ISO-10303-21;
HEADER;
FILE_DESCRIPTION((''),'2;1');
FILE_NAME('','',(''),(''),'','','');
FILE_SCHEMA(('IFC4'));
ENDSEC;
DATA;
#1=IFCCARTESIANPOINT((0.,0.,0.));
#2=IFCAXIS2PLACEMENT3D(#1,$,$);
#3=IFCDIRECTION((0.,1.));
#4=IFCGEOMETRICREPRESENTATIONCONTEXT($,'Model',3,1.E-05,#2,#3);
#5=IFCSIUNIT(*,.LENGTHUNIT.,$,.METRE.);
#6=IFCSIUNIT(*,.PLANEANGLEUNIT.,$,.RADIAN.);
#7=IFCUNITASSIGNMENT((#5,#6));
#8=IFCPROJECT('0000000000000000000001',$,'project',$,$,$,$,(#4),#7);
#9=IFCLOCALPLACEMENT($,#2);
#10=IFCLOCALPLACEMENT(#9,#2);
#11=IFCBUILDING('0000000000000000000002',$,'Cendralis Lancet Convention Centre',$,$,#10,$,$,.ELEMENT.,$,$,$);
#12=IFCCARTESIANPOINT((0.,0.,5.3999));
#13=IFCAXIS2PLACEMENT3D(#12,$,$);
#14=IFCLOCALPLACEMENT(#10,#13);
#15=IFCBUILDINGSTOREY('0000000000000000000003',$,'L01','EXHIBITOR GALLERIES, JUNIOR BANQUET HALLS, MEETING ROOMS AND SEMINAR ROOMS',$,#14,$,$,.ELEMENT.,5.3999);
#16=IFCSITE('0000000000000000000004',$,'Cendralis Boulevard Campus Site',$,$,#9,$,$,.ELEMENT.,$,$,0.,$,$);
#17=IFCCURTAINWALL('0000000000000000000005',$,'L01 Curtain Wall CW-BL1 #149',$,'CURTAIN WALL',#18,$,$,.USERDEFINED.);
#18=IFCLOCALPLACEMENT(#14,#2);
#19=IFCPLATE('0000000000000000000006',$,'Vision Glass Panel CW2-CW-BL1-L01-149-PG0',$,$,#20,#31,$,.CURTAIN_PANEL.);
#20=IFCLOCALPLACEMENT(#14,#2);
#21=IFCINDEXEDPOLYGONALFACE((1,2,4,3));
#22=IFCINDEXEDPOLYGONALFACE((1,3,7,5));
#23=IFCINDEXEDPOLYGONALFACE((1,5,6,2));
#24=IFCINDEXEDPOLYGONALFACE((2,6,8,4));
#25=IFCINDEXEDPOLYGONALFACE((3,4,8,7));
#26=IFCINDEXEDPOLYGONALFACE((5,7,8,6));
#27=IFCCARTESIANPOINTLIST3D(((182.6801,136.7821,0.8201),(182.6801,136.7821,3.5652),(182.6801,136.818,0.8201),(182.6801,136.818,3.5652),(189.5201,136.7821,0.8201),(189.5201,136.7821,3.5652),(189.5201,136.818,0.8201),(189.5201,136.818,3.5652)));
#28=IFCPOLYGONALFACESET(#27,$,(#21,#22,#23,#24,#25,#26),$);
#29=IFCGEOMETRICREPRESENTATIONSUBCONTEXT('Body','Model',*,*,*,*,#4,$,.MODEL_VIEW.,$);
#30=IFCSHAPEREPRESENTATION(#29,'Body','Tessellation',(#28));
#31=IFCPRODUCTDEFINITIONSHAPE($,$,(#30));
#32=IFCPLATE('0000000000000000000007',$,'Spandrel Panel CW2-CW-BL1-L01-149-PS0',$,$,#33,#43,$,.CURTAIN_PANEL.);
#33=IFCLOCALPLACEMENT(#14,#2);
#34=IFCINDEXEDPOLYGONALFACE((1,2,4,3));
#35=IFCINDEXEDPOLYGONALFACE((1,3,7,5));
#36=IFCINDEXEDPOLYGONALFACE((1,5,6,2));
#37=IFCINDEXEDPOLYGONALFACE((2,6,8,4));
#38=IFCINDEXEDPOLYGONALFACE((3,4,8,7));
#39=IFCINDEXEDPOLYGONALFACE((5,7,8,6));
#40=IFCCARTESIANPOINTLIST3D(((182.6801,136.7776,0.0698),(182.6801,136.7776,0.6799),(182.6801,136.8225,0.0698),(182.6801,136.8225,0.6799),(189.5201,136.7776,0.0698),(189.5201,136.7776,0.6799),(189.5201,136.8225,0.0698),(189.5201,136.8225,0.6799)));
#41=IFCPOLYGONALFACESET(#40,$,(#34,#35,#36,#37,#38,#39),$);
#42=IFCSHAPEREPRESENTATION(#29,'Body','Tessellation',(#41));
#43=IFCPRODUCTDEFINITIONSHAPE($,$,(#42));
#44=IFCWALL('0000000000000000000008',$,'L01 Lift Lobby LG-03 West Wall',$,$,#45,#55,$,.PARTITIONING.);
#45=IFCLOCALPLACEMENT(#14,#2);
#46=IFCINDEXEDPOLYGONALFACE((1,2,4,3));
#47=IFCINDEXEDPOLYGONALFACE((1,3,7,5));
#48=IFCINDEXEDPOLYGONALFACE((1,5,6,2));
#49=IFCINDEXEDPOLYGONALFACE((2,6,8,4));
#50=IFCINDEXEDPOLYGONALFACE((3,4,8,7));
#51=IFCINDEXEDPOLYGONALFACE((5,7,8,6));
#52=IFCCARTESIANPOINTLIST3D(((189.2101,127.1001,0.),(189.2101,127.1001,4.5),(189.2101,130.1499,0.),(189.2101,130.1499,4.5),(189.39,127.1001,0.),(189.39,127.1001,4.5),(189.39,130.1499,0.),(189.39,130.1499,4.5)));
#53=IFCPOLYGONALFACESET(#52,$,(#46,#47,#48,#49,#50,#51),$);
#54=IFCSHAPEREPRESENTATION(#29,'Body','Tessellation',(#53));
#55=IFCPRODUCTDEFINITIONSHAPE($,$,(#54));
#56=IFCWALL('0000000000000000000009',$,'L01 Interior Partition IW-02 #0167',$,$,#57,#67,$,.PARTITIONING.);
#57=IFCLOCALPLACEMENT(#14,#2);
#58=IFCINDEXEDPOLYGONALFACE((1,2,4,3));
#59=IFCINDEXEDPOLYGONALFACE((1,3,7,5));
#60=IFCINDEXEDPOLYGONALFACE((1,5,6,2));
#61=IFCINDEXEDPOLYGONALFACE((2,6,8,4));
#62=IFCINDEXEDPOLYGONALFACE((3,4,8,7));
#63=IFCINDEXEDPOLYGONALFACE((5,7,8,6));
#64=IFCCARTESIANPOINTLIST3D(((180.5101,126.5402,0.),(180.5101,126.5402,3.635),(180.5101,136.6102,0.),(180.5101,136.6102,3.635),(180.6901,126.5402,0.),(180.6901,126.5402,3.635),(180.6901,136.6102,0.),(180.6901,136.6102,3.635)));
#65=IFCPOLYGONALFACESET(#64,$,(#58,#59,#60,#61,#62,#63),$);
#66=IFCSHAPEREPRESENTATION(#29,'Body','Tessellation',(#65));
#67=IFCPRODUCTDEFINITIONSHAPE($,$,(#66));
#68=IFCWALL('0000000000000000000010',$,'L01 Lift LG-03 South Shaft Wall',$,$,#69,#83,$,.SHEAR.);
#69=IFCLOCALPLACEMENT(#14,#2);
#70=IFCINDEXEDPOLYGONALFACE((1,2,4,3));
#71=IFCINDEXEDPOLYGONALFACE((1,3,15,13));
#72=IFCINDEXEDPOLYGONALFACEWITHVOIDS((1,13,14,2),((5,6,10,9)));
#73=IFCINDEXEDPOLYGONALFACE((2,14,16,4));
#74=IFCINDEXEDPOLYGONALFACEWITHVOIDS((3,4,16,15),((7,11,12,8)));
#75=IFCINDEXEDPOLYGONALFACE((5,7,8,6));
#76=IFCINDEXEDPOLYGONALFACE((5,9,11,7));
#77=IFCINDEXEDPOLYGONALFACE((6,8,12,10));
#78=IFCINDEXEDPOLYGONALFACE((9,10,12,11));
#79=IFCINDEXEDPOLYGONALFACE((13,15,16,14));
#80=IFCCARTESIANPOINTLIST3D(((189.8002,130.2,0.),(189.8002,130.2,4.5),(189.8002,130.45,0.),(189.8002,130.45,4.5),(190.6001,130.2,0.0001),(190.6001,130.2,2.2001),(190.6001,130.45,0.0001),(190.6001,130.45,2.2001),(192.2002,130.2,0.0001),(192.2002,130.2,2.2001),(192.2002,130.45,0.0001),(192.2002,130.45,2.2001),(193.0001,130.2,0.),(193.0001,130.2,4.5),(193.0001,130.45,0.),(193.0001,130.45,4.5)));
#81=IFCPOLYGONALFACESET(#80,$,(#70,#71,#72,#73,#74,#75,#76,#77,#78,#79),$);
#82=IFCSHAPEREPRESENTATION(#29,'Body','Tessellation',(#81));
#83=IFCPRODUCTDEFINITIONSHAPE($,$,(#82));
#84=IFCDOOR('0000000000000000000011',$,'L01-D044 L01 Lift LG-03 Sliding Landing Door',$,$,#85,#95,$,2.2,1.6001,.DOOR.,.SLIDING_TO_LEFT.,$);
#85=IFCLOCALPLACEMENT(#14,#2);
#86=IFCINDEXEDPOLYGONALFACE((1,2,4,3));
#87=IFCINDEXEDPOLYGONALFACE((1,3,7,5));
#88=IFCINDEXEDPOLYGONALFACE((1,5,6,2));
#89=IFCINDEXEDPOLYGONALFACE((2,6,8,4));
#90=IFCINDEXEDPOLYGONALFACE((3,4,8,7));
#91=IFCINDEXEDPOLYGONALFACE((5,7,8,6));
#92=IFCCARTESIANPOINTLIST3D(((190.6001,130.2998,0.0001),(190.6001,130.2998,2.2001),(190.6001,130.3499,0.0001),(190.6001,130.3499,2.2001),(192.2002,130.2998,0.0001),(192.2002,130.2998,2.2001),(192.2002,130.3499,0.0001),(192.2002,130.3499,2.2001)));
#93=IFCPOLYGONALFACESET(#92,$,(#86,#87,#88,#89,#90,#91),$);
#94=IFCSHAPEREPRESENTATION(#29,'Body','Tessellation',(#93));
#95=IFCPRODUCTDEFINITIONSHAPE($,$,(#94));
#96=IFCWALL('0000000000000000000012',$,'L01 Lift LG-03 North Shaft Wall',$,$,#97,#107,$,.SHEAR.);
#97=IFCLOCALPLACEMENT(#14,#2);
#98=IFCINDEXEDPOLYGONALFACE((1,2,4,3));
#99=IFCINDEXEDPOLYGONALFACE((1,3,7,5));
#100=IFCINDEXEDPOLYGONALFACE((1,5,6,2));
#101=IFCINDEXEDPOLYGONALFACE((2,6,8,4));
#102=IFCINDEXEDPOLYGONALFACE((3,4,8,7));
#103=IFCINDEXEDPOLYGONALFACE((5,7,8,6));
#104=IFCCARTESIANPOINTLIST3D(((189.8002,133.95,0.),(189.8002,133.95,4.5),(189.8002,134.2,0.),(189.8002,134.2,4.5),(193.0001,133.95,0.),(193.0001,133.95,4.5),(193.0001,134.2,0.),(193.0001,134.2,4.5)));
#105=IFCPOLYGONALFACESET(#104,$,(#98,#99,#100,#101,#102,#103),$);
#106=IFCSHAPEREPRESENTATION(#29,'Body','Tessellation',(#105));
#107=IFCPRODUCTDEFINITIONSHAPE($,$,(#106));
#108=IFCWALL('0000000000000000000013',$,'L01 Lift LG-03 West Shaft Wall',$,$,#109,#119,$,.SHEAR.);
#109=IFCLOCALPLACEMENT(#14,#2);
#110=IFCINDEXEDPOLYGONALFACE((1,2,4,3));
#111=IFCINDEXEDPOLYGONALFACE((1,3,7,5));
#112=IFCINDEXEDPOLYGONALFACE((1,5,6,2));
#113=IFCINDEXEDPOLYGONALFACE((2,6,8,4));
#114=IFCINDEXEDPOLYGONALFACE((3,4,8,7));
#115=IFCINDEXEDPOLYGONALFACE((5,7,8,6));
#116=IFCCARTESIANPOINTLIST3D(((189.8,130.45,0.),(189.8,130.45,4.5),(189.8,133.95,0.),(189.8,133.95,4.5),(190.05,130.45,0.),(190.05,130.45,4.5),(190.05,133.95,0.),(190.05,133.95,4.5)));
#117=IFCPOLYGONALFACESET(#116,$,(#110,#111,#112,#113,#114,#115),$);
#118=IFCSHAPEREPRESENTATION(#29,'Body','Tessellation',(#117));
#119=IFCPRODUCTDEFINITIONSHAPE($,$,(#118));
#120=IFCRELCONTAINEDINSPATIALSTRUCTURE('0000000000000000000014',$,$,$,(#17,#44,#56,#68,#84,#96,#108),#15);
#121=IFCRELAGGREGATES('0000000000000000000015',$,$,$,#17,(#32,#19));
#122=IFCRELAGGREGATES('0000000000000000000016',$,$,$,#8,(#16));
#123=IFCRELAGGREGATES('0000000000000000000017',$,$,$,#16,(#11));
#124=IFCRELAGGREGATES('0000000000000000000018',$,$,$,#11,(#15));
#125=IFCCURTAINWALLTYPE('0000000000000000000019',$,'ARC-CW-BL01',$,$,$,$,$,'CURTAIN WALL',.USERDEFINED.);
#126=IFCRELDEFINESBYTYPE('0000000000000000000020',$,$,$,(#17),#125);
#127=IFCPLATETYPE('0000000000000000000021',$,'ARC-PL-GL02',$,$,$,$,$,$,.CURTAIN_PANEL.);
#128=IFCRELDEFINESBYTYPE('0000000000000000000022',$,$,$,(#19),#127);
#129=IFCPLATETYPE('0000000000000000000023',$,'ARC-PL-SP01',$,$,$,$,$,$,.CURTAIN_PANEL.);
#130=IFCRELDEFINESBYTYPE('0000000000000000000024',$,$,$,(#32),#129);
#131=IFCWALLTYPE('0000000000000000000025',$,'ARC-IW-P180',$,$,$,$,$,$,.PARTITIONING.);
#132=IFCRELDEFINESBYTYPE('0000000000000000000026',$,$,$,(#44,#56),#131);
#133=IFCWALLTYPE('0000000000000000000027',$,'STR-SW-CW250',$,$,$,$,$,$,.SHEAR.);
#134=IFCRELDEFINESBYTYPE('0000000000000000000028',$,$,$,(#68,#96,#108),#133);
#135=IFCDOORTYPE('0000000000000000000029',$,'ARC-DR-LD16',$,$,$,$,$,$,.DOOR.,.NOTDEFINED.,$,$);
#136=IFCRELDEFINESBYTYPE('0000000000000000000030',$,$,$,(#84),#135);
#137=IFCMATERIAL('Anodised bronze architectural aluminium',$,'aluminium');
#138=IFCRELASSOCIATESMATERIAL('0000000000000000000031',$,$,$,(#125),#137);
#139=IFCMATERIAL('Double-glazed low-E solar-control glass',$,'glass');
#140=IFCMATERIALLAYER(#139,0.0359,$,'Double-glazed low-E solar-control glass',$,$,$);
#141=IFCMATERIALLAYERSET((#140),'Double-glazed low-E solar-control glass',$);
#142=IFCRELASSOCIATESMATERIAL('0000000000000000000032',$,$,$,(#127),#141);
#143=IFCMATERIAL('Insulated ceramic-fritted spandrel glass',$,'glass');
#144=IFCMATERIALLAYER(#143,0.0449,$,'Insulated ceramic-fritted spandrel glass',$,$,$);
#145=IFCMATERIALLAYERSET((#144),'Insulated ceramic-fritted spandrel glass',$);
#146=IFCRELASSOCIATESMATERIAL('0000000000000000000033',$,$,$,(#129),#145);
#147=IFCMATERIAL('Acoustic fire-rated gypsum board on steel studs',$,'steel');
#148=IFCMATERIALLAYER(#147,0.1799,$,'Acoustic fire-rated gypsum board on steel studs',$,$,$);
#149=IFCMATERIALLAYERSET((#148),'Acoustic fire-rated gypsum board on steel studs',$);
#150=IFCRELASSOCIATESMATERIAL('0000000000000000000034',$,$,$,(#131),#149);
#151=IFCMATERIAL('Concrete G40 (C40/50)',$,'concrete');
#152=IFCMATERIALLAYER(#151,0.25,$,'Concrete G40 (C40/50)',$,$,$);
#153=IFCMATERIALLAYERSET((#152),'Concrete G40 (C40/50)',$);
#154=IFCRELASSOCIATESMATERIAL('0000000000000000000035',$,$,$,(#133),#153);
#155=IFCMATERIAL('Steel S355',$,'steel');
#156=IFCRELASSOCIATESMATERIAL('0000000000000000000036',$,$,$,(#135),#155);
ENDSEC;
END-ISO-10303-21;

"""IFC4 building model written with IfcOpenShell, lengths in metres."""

from ifc_helpers import new_model, si_unit, direction, frame, frame_2d, origin, origin_2d, place, context, subcontext, project, spatial, rectangle, extrude, material, layer, layer_set, type_object, element, fill, aggregate, save


model = new_model("IFC4")

# Units and contexts
model_context = context("Model", 3, precision=1e-05, world=origin(), true_north=direction((0.0, 1.0)))
body_context = subcontext(model_context, "Body", "Model", "MODEL_VIEW")
ifc_project = project(units=[si_unit("LENGTHUNIT", "METRE"), si_unit("PLANEANGLEUNIT", "RADIAN")], contexts=[model_context])

# Site, building, storey
site_placement = place(None, origin())
site = spatial("IfcSite", under=ifc_project, at=site_placement, Name="Cendralis Boulevard Campus Site", CompositionType="ELEMENT", RefElevation=0.0)
building_placement = place(site_placement, origin())
building = spatial("IfcBuilding", under=site, at=building_placement, Name="Cendralis Lancet Convention Centre", CompositionType="ELEMENT")
storey_placement = place(building_placement, frame((0.0, 0.0, 5.3999)))
storey = spatial("IfcBuildingStorey", under=building, at=storey_placement, Name="L01", Description="EXHIBITOR GALLERIES, JUNIOR BANQUET HALLS, MEETING ROOMS AND SEMINAR ROOMS", CompositionType="ELEMENT", Elevation=5.3999)

# Shared definitions
ifc_material_1 = material(Name="Steel S355", Category="steel")

# Curtain wall
ifc_material_2 = material(Name="Anodised bronze architectural aluminium", Category="aluminium")
curtain_wall_type = type_object("IfcCurtainWallType", Name="ARC-CW-BL01", ElementType="CURTAIN WALL", PredefinedType="USERDEFINED", material=ifc_material_2)
curtain_wall_placement = place(storey_placement, origin())
curtain_wall = element("IfcCurtainWall", 1, at=curtain_wall_placement, inside=storey, type_object=curtain_wall_type, Name="L01 Curtain Wall CW-BL1 #149", ObjectType="CURTAIN WALL", PredefinedType="USERDEFINED")

# Shared definitions
ifc_material_3 = material(Name="Concrete G40 (C40/50)", Category="concrete")

# Plates
ifc_material_4 = material(Name="Double-glazed low-E solar-control glass", Category="glass")
ifc_layer_1 = layer(ifc_material_4, 0.0359, Name="Double-glazed low-E solar-control glass")
ifc_layer_set_1 = layer_set([ifc_layer_1], Name="Double-glazed low-E solar-control glass")
plate_type_1 = type_object("IfcPlateType", Name="ARC-PL-GL02", PredefinedType="CURTAIN_PANEL", material=ifc_layer_set_1)
plate_1_placement = place(storey_placement, frame((186.1001, 136.8, 0.8201), z_axis=(0.0, 0.0, 1.0), x_axis=(1.0, 0.0, 0.0)))
plate_1 = element("IfcPlate", 2, at=plate_1_placement, type_object=plate_type_1, Name="Vision Glass Panel CW2-CW-BL1-L01-149-PG0", PredefinedType="CURTAIN_PANEL", context=body_context, shape_type="SweptSolid", body=[
    extrude(rectangle(XDim=6.8401, YDim=0.0359, at=origin_2d()), origin(), (0.0, 0.0, 1.0), 2.7451),
])
ifc_material_5 = material(Name="Insulated ceramic-fritted spandrel glass", Category="glass")
ifc_layer_2 = layer(ifc_material_5, 0.0449, Name="Insulated ceramic-fritted spandrel glass")
ifc_layer_set_2 = layer_set([ifc_layer_2], Name="Insulated ceramic-fritted spandrel glass")
plate_type_2 = type_object("IfcPlateType", Name="ARC-PL-SP01", PredefinedType="CURTAIN_PANEL", material=ifc_layer_set_2)
plate_2_placement = place(storey_placement, frame((186.1001, 136.8, 0.0698), z_axis=(0.0, 0.0, 1.0), x_axis=(1.0, 0.0, 0.0)))
plate_2 = element("IfcPlate", 3, at=plate_2_placement, type_object=plate_type_2, Name="Spandrel Panel CW2-CW-BL1-L01-149-PS0", PredefinedType="CURTAIN_PANEL", context=body_context, shape_type="SweptSolid", body=[
    extrude(rectangle(XDim=6.8401, YDim=0.0449, at=origin_2d()), origin(), (0.0, 0.0, 1.0), 0.6101),
])
aggregate(curtain_wall, [plate_2, plate_1])

# Walls
ifc_material_6 = material(Name="Acoustic fire-rated gypsum board on steel studs", Category="steel")
ifc_layer_3 = layer(ifc_material_6, 0.1799, Name="Acoustic fire-rated gypsum board on steel studs")
ifc_layer_set_3 = layer_set([ifc_layer_3], Name="Acoustic fire-rated gypsum board on steel studs")
wall_type_1 = type_object("IfcWallType", Name="ARC-IW-P180", PredefinedType="PARTITIONING", material=ifc_layer_set_3)
wall_1_placement = place(storey_placement, frame((189.3, 127.1001, 0.0), z_axis=(0.0, 0.0, 1.0), x_axis=(0.0, 1.0, 0.0)))
element("IfcWall", 4, at=wall_1_placement, inside=storey, type_object=wall_type_1, Name="L01 Lift Lobby LG-03 West Wall", PredefinedType="PARTITIONING", context=body_context, shape_type="SweptSolid", body=[
    extrude(rectangle(XDim=3.0498, YDim=0.1799, at=frame_2d((1.5249, 0.0))), origin(), (0.0, 0.0, 1.0), 4.5),
])
wall_2_placement = place(storey_placement, frame((180.6001, 126.54, 0.0), z_axis=(0.0, 0.0, 1.0), x_axis=(0.0, 1.0, 0.0)))
element("IfcWall", 5, at=wall_2_placement, inside=storey, type_object=wall_type_1, Name="L01 Interior Partition IW-02 #0167", PredefinedType="PARTITIONING", context=body_context, shape_type="SweptSolid", body=[
    extrude(rectangle(XDim=10.0701, YDim=0.1799, at=frame_2d((5.0352, 0.0))), origin(), (0.0, 0.0, 1.0), 3.635),
])

# Wall, opening, door
ifc_layer_4 = layer(ifc_material_3, 0.25, Name="Concrete G40 (C40/50)")
ifc_layer_set_4 = layer_set([ifc_layer_4], Name="Concrete G40 (C40/50)")
wall_type_2 = type_object("IfcWallType", Name="STR-SW-CW250", PredefinedType="SHEAR", material=ifc_layer_set_4)
wall_3_placement = place(storey_placement, frame((189.8, 130.325, 0.0), z_axis=(0.0, 0.0, 1.0), x_axis=(1.0, 0.0, 0.0)))
wall_3 = element("IfcWall", 6, at=wall_3_placement, inside=storey, type_object=wall_type_2, Name="L01 Lift LG-03 South Shaft Wall", PredefinedType="SHEAR", context=body_context, shape_type="SweptSolid", body=[
    extrude(rectangle(XDim=3.2, YDim=0.25, at=frame_2d((1.6001, 0.0))), origin(), (0.0, 0.0, 1.0), 4.5),
])
opening_placement = place(wall_3_placement, frame((0.8, 0.0, 0.0)))
opening = element("IfcOpeningElement", 7, at=opening_placement, cuts=wall_3, PredefinedType="OPENING", context=body_context, shape_type="SweptSolid", body=[
    extrude(rectangle(XDim=1.6001, YDim=2.2, at=frame_2d((0.8, 1.1001))), frame((0.0, 0.135, 0.0), z_axis=(0.0, -1.0, 0.0), x_axis=(1.0, 0.0, 0.0)), (0.0, 0.0, 1.0), 0.27),
])
door_type = type_object("IfcDoorType", Name="ARC-DR-LD16", OperationType="NOTDEFINED", PredefinedType="DOOR", material=ifc_material_1)
door_placement = place(opening_placement, origin())
door = element("IfcDoor", 8, at=door_placement, inside=storey, type_object=door_type, Name="L01-D044 L01 Lift LG-03 Sliding Landing Door", OperationType="SLIDING_TO_LEFT", OverallHeight=2.2, OverallWidth=1.6001, PredefinedType="DOOR", context=body_context, shape_type="SweptSolid", body=[
    extrude(rectangle(XDim=1.6001, YDim=2.2, at=frame_2d((0.8, 1.1001))), frame((0.0, 0.0249, 0.0), z_axis=(0.0, -1.0, 0.0), x_axis=(1.0, 0.0, 0.0)), (0.0, 0.0, 1.0), 0.05),
])
fill(opening, door)

# Walls
wall_4_placement = place(storey_placement, frame((189.8, 134.075, 0.0), z_axis=(0.0, 0.0, 1.0), x_axis=(1.0, 0.0, 0.0)))
element("IfcWall", 9, at=wall_4_placement, inside=storey, type_object=wall_type_2, Name="L01 Lift LG-03 North Shaft Wall", PredefinedType="SHEAR", context=body_context, shape_type="SweptSolid", body=[
    extrude(rectangle(XDim=3.2, YDim=0.25, at=frame_2d((1.6001, 0.0))), origin(), (0.0, 0.0, 1.0), 4.5),
])
wall_5_placement = place(storey_placement, frame((189.925, 130.45, 0.0), z_axis=(0.0, 0.0, 1.0), x_axis=(0.0, 1.0, 0.0)))
element("IfcWall", 10, at=wall_5_placement, inside=storey, type_object=wall_type_2, Name="L01 Lift LG-03 West Shaft Wall", PredefinedType="SHEAR", context=body_context, shape_type="SweptSolid", body=[
    extrude(rectangle(XDim=3.5, YDim=0.25, at=frame_2d((1.75, 0.0))), origin(), (0.0, 0.0, 1.0), 4.5),
])

save(model, "model.ifc")
